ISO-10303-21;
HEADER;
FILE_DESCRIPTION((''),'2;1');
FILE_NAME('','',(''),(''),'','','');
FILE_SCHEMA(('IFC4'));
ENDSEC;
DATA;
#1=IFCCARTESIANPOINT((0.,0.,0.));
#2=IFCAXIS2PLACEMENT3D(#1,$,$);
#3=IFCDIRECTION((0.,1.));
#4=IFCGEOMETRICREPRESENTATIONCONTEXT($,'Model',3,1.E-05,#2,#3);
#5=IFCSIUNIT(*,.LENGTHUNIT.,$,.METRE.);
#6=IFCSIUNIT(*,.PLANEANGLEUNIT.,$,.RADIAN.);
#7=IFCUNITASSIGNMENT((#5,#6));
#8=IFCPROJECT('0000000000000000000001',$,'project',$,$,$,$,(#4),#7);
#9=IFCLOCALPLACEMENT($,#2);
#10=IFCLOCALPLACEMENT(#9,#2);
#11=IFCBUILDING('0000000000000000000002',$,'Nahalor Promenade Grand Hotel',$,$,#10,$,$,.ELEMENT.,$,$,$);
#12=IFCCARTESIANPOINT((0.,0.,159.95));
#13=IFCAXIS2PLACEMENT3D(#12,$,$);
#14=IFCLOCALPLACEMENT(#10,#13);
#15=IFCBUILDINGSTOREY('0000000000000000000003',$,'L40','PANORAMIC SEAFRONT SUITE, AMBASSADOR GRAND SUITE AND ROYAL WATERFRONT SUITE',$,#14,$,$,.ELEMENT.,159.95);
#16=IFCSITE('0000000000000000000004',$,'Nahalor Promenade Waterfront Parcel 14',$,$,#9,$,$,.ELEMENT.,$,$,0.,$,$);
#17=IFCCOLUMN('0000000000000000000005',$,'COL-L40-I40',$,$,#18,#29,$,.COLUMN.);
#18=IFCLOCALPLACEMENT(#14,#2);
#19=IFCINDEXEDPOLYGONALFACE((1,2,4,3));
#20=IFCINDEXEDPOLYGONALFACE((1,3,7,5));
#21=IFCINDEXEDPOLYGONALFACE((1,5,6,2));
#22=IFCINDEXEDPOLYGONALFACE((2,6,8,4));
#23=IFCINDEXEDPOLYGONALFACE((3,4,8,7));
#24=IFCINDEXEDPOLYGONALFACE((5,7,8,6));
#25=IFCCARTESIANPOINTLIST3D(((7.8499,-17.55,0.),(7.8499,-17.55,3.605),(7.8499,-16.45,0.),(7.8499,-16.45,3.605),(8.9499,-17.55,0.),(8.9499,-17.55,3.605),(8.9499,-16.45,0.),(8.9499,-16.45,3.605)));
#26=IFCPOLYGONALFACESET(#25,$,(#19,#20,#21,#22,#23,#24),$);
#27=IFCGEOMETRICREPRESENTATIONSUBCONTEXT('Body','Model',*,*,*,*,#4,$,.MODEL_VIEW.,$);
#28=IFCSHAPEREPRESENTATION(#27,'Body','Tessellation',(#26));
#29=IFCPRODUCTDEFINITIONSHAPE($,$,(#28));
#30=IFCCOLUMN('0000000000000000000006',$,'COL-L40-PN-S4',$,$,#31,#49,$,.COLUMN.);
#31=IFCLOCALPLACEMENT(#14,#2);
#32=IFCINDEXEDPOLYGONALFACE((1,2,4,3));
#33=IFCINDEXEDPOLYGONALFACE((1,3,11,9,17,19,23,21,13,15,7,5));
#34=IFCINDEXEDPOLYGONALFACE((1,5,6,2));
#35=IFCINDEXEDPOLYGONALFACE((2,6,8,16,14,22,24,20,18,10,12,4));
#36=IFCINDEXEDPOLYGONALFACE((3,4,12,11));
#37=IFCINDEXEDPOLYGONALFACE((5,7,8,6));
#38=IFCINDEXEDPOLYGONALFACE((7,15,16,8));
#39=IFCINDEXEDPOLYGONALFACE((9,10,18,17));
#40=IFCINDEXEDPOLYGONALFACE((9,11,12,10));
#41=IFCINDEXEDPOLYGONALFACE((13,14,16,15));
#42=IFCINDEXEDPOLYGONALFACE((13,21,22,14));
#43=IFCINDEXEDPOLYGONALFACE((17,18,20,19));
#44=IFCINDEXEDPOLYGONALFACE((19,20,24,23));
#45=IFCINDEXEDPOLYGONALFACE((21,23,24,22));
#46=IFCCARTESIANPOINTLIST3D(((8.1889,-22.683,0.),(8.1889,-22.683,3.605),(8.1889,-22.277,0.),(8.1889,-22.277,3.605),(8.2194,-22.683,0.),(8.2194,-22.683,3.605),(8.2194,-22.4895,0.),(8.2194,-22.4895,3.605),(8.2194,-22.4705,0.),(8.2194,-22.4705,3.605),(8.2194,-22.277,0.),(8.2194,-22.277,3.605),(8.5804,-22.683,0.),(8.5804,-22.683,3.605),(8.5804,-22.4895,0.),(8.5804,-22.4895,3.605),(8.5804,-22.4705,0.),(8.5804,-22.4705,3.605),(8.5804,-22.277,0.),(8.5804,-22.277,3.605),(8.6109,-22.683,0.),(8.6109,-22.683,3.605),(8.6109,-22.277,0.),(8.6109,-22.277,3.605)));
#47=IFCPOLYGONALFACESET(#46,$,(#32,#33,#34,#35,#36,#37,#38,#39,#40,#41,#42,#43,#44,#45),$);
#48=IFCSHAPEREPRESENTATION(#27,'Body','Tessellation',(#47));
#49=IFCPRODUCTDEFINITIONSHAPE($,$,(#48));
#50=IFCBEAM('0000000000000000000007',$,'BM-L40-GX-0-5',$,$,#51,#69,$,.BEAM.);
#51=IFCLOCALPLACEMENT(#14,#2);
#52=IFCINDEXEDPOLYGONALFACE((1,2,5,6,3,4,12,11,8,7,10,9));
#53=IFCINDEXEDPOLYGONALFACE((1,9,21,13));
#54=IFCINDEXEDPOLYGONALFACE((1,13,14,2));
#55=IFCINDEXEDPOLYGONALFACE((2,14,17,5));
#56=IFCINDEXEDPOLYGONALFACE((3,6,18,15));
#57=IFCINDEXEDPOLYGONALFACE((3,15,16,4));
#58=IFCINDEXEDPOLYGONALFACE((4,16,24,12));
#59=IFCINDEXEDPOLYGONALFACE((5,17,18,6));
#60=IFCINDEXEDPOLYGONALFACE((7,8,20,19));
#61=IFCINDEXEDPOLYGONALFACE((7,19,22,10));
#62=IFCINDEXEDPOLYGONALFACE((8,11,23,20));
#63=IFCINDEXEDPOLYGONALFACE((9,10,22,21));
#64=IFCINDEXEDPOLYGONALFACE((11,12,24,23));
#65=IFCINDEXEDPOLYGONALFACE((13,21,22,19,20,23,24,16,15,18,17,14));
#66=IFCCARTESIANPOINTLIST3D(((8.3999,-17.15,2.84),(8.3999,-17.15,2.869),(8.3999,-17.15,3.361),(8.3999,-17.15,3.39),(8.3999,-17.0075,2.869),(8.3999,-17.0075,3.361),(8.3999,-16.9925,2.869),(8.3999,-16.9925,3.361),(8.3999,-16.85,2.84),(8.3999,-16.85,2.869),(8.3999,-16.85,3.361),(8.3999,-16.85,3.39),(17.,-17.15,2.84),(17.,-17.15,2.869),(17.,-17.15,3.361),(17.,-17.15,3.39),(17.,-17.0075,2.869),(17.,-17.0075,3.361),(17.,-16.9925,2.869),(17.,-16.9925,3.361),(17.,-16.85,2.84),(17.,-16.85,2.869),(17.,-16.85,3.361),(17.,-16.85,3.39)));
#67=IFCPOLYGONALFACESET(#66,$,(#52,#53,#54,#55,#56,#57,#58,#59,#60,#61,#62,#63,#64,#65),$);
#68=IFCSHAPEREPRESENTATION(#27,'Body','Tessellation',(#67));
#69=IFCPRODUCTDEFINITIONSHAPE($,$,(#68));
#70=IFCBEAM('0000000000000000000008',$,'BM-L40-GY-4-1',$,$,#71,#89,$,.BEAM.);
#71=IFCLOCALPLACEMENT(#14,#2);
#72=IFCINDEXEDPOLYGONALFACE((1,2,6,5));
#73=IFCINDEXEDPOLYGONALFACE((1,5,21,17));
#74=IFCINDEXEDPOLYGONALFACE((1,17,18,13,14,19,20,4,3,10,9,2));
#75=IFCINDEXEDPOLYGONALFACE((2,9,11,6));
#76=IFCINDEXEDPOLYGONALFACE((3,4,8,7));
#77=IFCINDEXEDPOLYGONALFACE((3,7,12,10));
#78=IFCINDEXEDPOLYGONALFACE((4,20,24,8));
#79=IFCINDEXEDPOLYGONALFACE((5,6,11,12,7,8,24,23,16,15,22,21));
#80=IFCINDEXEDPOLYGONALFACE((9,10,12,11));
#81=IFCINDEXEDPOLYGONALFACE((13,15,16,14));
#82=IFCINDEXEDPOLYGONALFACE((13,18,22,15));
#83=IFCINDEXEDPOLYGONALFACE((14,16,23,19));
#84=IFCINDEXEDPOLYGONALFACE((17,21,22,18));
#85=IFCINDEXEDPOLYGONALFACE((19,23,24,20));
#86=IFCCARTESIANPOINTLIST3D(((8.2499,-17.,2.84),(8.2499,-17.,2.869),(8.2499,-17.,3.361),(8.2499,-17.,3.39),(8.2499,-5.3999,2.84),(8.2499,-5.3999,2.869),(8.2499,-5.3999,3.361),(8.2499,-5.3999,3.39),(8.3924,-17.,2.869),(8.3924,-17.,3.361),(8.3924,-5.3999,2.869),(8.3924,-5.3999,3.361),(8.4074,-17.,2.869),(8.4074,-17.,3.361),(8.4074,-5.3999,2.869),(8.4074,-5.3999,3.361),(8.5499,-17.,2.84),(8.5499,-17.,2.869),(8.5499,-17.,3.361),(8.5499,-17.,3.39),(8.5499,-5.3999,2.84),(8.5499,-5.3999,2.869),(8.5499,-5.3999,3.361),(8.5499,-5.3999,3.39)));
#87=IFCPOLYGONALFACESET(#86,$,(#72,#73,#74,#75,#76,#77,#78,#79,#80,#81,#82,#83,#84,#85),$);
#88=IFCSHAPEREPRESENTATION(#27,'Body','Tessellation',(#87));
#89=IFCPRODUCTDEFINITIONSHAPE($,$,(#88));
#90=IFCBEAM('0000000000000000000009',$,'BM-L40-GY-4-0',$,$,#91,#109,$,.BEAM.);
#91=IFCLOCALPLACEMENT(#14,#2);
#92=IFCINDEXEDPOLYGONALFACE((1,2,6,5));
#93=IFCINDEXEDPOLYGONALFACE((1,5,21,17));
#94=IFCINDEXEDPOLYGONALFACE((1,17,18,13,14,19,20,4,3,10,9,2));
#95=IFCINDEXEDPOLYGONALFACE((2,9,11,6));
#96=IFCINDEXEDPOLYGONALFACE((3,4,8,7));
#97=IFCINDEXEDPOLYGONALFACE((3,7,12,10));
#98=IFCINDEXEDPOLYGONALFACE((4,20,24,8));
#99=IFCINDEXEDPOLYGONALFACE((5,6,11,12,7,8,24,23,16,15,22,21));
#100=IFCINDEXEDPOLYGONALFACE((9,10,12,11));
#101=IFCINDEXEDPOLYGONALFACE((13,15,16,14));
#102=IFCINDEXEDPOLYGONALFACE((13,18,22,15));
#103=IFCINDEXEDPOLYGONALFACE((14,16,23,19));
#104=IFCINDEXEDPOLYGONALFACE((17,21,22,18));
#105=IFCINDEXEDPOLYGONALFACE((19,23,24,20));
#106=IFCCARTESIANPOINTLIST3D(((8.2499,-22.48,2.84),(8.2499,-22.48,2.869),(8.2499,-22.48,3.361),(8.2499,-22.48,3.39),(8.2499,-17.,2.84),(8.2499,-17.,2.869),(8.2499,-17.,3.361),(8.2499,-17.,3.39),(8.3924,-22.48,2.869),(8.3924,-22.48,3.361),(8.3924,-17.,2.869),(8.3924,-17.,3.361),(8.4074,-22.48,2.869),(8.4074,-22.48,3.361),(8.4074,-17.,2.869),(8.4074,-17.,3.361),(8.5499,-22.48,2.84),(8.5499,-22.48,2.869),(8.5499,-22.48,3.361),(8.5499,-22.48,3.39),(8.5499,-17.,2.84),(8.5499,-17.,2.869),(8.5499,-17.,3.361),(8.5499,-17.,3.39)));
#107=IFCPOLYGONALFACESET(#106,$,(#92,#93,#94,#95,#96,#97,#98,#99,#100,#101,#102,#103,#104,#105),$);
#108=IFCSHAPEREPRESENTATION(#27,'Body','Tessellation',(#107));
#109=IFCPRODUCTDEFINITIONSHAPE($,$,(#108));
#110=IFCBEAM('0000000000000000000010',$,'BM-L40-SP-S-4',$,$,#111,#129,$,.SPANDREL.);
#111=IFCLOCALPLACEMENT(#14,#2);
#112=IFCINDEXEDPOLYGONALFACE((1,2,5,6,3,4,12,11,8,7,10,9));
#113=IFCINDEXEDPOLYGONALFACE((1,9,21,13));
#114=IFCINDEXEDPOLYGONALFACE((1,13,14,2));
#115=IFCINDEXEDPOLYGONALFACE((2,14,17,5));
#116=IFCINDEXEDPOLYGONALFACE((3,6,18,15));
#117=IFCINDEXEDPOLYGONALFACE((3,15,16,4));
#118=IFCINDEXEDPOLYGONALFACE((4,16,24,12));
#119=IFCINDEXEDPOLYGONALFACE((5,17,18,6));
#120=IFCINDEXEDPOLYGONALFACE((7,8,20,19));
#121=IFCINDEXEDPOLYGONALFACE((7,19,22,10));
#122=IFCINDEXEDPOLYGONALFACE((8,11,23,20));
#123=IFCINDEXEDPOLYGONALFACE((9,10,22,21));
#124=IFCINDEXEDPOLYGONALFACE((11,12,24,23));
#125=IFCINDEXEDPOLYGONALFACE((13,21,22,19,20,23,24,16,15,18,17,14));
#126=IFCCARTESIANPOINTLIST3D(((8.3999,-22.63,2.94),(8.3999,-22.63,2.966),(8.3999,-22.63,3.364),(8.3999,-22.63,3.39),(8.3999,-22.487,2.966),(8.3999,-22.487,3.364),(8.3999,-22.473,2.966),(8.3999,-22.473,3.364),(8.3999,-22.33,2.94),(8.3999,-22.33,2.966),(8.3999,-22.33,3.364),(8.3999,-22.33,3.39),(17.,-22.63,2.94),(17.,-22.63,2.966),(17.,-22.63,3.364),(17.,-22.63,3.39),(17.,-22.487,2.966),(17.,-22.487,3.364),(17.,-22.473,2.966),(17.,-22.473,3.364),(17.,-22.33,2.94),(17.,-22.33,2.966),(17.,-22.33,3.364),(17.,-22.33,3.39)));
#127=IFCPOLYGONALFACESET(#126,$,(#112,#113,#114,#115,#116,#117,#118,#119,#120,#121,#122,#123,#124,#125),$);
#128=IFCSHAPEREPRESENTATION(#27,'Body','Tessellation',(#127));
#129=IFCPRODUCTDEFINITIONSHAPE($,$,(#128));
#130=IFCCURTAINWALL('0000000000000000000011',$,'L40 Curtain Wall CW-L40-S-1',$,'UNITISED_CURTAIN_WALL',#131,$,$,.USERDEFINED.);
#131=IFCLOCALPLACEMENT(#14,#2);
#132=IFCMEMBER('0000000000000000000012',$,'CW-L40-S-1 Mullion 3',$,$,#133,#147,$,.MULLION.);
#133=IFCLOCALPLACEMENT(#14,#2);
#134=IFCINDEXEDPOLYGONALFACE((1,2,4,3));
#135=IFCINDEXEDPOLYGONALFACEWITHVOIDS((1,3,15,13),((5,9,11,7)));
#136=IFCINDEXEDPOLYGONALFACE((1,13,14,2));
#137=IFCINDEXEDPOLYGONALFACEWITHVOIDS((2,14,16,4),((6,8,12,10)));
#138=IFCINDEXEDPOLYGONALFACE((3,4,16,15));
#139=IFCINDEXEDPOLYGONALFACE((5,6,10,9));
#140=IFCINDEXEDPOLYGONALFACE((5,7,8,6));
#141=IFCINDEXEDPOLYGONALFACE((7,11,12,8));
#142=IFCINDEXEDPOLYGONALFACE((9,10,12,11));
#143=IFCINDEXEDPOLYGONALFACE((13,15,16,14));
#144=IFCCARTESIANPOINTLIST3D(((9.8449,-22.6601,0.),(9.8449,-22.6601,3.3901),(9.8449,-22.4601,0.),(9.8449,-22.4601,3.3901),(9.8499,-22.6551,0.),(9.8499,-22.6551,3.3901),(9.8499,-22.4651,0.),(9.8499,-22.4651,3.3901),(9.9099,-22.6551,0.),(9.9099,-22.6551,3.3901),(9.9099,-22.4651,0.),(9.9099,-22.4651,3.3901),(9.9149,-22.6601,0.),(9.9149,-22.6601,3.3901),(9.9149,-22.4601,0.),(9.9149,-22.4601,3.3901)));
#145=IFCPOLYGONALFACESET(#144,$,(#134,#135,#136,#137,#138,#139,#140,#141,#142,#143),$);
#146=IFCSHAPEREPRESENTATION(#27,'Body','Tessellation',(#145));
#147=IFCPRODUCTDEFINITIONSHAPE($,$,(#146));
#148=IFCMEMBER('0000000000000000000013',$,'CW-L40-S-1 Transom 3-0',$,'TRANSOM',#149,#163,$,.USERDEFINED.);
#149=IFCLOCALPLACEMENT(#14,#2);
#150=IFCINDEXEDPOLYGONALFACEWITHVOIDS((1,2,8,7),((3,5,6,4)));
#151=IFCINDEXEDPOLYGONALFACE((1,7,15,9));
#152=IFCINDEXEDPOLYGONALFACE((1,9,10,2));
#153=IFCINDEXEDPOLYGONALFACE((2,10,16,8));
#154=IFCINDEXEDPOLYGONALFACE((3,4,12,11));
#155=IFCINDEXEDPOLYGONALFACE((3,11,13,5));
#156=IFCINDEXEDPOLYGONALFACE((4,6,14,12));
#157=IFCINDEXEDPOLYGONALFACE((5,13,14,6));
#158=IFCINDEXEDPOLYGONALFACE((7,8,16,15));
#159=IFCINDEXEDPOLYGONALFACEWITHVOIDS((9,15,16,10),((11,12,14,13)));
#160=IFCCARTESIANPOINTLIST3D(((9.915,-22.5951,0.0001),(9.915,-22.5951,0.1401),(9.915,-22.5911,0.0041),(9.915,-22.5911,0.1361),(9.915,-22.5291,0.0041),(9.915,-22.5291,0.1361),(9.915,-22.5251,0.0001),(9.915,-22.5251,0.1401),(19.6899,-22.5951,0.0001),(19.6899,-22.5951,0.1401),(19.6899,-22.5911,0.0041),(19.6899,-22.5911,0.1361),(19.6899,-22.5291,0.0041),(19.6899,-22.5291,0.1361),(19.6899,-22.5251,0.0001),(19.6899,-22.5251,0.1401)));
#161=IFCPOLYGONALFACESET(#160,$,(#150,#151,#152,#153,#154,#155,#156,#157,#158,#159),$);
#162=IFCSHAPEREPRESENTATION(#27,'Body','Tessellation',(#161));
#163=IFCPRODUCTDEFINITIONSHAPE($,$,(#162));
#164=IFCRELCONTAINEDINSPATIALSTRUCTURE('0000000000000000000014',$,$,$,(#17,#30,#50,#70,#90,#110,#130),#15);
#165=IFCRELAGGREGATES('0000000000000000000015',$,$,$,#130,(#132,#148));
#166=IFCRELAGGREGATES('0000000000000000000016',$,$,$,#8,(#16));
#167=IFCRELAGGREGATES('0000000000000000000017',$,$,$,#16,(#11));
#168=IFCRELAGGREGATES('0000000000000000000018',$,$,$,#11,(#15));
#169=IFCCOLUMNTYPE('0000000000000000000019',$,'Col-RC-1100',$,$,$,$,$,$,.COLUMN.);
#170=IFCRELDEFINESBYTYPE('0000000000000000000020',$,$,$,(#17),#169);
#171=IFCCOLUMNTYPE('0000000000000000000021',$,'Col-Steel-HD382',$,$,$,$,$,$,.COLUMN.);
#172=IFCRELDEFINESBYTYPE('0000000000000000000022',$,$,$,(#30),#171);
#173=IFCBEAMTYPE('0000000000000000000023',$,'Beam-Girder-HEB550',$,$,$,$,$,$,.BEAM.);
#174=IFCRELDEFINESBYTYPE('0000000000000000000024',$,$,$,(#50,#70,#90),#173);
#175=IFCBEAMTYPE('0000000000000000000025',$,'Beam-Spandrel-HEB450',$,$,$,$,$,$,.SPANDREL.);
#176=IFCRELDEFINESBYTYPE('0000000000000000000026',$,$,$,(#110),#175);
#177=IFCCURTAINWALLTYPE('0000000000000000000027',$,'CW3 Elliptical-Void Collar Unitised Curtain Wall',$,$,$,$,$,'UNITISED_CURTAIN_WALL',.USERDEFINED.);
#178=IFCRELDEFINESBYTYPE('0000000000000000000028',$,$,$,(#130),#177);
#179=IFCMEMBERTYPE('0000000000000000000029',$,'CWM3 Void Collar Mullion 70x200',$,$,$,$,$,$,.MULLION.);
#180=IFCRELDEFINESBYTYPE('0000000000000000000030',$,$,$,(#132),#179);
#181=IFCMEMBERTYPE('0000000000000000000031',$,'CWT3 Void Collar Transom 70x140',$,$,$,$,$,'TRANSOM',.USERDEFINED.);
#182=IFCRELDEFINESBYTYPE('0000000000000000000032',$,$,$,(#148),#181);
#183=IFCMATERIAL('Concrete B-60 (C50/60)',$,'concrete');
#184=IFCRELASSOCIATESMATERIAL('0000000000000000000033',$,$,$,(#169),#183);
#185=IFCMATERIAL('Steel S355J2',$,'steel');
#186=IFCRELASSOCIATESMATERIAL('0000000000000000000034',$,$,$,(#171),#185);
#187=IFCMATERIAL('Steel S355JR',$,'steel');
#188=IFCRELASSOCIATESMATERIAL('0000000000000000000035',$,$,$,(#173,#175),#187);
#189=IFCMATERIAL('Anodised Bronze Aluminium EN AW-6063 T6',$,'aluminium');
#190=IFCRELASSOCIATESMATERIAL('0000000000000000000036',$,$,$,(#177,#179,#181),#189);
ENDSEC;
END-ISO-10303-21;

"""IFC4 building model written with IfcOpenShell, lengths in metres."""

from ifc_helpers import new_model, si_unit, direction, frame, origin, origin_2d, place, context, subcontext, project, spatial, rectangle, hollow_rectangle, i_section, extrude, source, transform, mapped, material, material_profile, profile_set, type_object, element, aggregate, save


model = new_model("IFC4")

# Units and contexts
model_context = context("Model", 3, precision=1e-05, world=origin(), true_north=direction((0.0, 1.0)))
body_context = subcontext(model_context, "Body", "Model", "MODEL_VIEW")
ifc_project = project(units=[si_unit("LENGTHUNIT", "METRE"), si_unit("PLANEANGLEUNIT", "RADIAN")], contexts=[model_context])

# Site, building, storey
site_placement = place(None, origin())
site = spatial("IfcSite", under=ifc_project, at=site_placement, Name="Nahalor Promenade Waterfront Parcel 14", CompositionType="ELEMENT", RefElevation=0.0)
building_placement = place(site_placement, origin())
building = spatial("IfcBuilding", under=site, at=building_placement, Name="Nahalor Promenade Grand Hotel", CompositionType="ELEMENT")
storey_placement = place(building_placement, frame((0.0, 0.0, 159.95)))
storey = spatial("IfcBuildingStorey", under=building, at=storey_placement, Name="L40", Description="PANORAMIC SEAFRONT SUITE, AMBASSADOR GRAND SUITE AND ROYAL WATERFRONT SUITE", CompositionType="ELEMENT", Elevation=159.95)

# Columns
ifc_material_1 = material(Name="Concrete B-60 (C50/60)", Category="concrete")
ifc_material_profile_1 = material_profile(ifc_material_1, rectangle(XDim=1.1, YDim=1.1, at=origin_2d()), Name="RC 1100x1100")
ifc_profile_set_1 = profile_set([ifc_material_profile_1], Name="Concrete B-60 (C50/60)")
column_type_1 = type_object("IfcColumnType", Name="Col-RC-1100", PredefinedType="COLUMN", material=ifc_profile_set_1)
shared_shape_1 = source(origin(), body_context, "Body", "SweptSolid", [
    extrude(rectangle(XDim=1.1, YDim=1.1, at=origin_2d()), origin(), (0.0, 0.0, 1.0), 3.605),
])
column_1_placement = place(storey_placement, frame((8.3999, -17.0, 0.0), z_axis=(0.0, 0.0, 1.0), x_axis=(1.0, 0.0, 0.0)))
element("IfcColumn", 1, at=column_1_placement, inside=storey, type_object=column_type_1, Name="COL-L40-I40", PredefinedType="COLUMN", context=body_context, shape_type="MappedRepresentation", body=[
    mapped(shared_shape_1, transform((0.0, 0.0, 0.0), scale=1.0)),
])
ifc_material_2 = material(Name="Steel S355J2", Category="steel")
ifc_material_profile_2 = material_profile(ifc_material_2, i_section(OverallWidth=0.406, OverallDepth=0.422, WebThickness=0.019, FlangeThickness=0.0305, at=origin_2d()), Name="HD 400x382")
ifc_profile_set_2 = profile_set([ifc_material_profile_2], Name="Steel S355J2")
column_type_2 = type_object("IfcColumnType", Name="Col-Steel-HD382", PredefinedType="COLUMN", material=ifc_profile_set_2)
shared_shape_2 = source(origin(), body_context, "Body", "SweptSolid", [
    extrude(i_section(OverallWidth=0.406, OverallDepth=0.422, WebThickness=0.019, FlangeThickness=0.0305, at=origin_2d()), origin(), (0.0, 0.0, 1.0), 3.605),
])
column_2_placement = place(storey_placement, frame((8.3999, -22.48, 0.0), z_axis=(0.0, 0.0, 1.0), x_axis=(0.0, 1.0, 0.0)))
element("IfcColumn", 2, at=column_2_placement, inside=storey, type_object=column_type_2, Name="COL-L40-PN-S4", PredefinedType="COLUMN", context=body_context, shape_type="MappedRepresentation", body=[
    mapped(shared_shape_2, transform((0.0, 0.0, 0.0), scale=1.0)),
])

# Beams
ifc_material_3 = material(Name="Steel S355JR", Category="steel")
ifc_material_profile_3 = material_profile(ifc_material_3, i_section(OverallWidth=0.3, OverallDepth=0.55, WebThickness=0.015, FlangeThickness=0.029, at=origin_2d()), Name="HEB 550")
ifc_profile_set_3 = profile_set([ifc_material_profile_3], Name="Steel S355JR")
beam_type_1 = type_object("IfcBeamType", Name="Beam-Girder-HEB550", PredefinedType="BEAM", material=ifc_profile_set_3)
shared_shape_3 = source(origin(), body_context, "Body", "SweptSolid", [
    extrude(i_section(OverallWidth=0.3, OverallDepth=0.55, WebThickness=0.015, FlangeThickness=0.029, at=origin_2d()), origin(), (0.0, 0.0, 1.0), 8.6001),
])
beam_1_placement = place(storey_placement, frame((8.3999, -17.0, 3.115), z_axis=(1.0, 0.0, 0.0), x_axis=(0.0, 1.0, 0.0)))
element("IfcBeam", 3, at=beam_1_placement, inside=storey, type_object=beam_type_1, Name="BM-L40-GX-0-5", PredefinedType="BEAM", context=body_context, shape_type="MappedRepresentation", body=[
    mapped(shared_shape_3, transform((0.0, 0.0, 0.0), scale=1.0)),
])
shared_shape_4 = source(origin(), body_context, "Body", "SweptSolid", [
    extrude(i_section(OverallWidth=0.3, OverallDepth=0.55, WebThickness=0.015, FlangeThickness=0.029, at=origin_2d()), origin(), (0.0, 0.0, 1.0), 11.6001),
])
beam_2_placement = place(storey_placement, frame((8.3999, -17.0, 3.115), z_axis=(0.0, 1.0, 0.0), x_axis=(-1.0, 0.0, 0.0)))
element("IfcBeam", 4, at=beam_2_placement, inside=storey, type_object=beam_type_1, Name="BM-L40-GY-4-1", PredefinedType="BEAM", context=body_context, shape_type="MappedRepresentation", body=[
    mapped(shared_shape_4, transform((0.0, 0.0, 0.0), scale=1.0)),
])
shared_shape_5 = source(origin(), body_context, "Body", "SweptSolid", [
    extrude(i_section(OverallWidth=0.3, OverallDepth=0.55, WebThickness=0.015, FlangeThickness=0.029, at=origin_2d()), origin(), (0.0, 0.0, 1.0), 5.48),
])
beam_3_placement = place(storey_placement, frame((8.3999, -22.48, 3.115), z_axis=(0.0, 1.0, 0.0), x_axis=(-1.0, 0.0, 0.0)))
element("IfcBeam", 5, at=beam_3_placement, inside=storey, type_object=beam_type_1, Name="BM-L40-GY-4-0", PredefinedType="BEAM", context=body_context, shape_type="MappedRepresentation", body=[
    mapped(shared_shape_5, transform((0.0, 0.0, 0.0), scale=1.0)),
])
ifc_material_profile_4 = material_profile(ifc_material_3, i_section(OverallWidth=0.3, OverallDepth=0.45, WebThickness=0.014, FlangeThickness=0.026, at=origin_2d()), Name="HEB 450")
ifc_profile_set_4 = profile_set([ifc_material_profile_4], Name="Steel S355JR")
beam_type_2 = type_object("IfcBeamType", Name="Beam-Spandrel-HEB450", PredefinedType="SPANDREL", material=ifc_profile_set_4)
shared_shape_6 = source(origin(), body_context, "Body", "SweptSolid", [
    extrude(i_section(OverallWidth=0.3, OverallDepth=0.45, WebThickness=0.014, FlangeThickness=0.026, at=origin_2d()), origin(), (0.0, 0.0, 1.0), 8.6001),
])
beam_4_placement = place(storey_placement, frame((8.3999, -22.48, 3.165), z_axis=(1.0, 0.0, 0.0), x_axis=(0.0, 1.0, 0.0)))
element("IfcBeam", 6, at=beam_4_placement, inside=storey, type_object=beam_type_2, Name="BM-L40-SP-S-4", PredefinedType="SPANDREL", context=body_context, shape_type="MappedRepresentation", body=[
    mapped(shared_shape_6, transform((0.0, 0.0, 0.0), scale=1.0)),
])

# Curtain wall, members
ifc_material_4 = material(Name="Anodised Bronze Aluminium EN AW-6063 T6", Category="aluminium")
curtain_wall_type = type_object("IfcCurtainWallType", Name="CW3 Elliptical-Void Collar Unitised Curtain Wall", ElementType="UNITISED_CURTAIN_WALL", PredefinedType="USERDEFINED", material=ifc_material_4)
curtain_wall_placement = place(storey_placement, origin())
curtain_wall = element("IfcCurtainWall", 7, at=curtain_wall_placement, inside=storey, type_object=curtain_wall_type, Name="L40 Curtain Wall CW-L40-S-1", ObjectType="UNITISED_CURTAIN_WALL", PredefinedType="USERDEFINED")
ifc_material_profile_5 = material_profile(ifc_material_4, hollow_rectangle(XDim=0.07, YDim=0.2, WallThickness=0.005, at=origin_2d()), Name="CWM 70x200x5")
ifc_profile_set_5 = profile_set([ifc_material_profile_5], Name="Anodised Bronze Aluminium EN AW-6063 T6")
member_type_1 = type_object("IfcMemberType", Name="CWM3 Void Collar Mullion 70x200", PredefinedType="MULLION", material=ifc_profile_set_5)
shared_shape_7 = source(origin(), body_context, "Body", "SweptSolid", [
    extrude(hollow_rectangle(XDim=0.07, YDim=0.2, WallThickness=0.005, at=origin_2d()), origin(), (0.0, 0.0, 1.0), 3.3901),
])
member_1_placement = place(storey_placement, frame((9.8799, -22.5601, 0.0), z_axis=(0.0, 0.0, 1.0), x_axis=(1.0, 0.0, 0.0)))
member_1 = element("IfcMember", 8, at=member_1_placement, type_object=member_type_1, Name="CW-L40-S-1 Mullion 3", PredefinedType="MULLION", context=body_context, shape_type="MappedRepresentation", body=[
    mapped(shared_shape_7, transform((0.0, 0.0, 0.0), scale=1.0)),
])
ifc_material_profile_6 = material_profile(ifc_material_4, hollow_rectangle(XDim=0.07, YDim=0.14, WallThickness=0.004, at=origin_2d()), Name="CWT 70x140x4")
ifc_profile_set_6 = profile_set([ifc_material_profile_6], Name="Anodised Bronze Aluminium EN AW-6063 T6")
member_type_2 = type_object("IfcMemberType", Name="CWT3 Void Collar Transom 70x140", ElementType="TRANSOM", PredefinedType="USERDEFINED", material=ifc_profile_set_6)
shared_shape_8 = source(origin(), body_context, "Body", "SweptSolid", [
    extrude(hollow_rectangle(XDim=0.07, YDim=0.14, WallThickness=0.004, at=origin_2d()), origin(), (0.0, 0.0, 1.0), 9.7749),
])
member_2_placement = place(storey_placement, frame((9.915, -22.5601, 0.0701), z_axis=(1.0, 0.0, 0.0), x_axis=(0.0, 1.0, 0.0)))
member_2 = element("IfcMember", 9, at=member_2_placement, type_object=member_type_2, Name="CW-L40-S-1 Transom 3-0", ObjectType="TRANSOM", PredefinedType="USERDEFINED", context=body_context, shape_type="MappedRepresentation", body=[
    mapped(shared_shape_8, transform((0.0, 0.0, 0.0), scale=1.0)),
])
aggregate(curtain_wall, [member_1, member_2])

save(model, "model.ifc")
